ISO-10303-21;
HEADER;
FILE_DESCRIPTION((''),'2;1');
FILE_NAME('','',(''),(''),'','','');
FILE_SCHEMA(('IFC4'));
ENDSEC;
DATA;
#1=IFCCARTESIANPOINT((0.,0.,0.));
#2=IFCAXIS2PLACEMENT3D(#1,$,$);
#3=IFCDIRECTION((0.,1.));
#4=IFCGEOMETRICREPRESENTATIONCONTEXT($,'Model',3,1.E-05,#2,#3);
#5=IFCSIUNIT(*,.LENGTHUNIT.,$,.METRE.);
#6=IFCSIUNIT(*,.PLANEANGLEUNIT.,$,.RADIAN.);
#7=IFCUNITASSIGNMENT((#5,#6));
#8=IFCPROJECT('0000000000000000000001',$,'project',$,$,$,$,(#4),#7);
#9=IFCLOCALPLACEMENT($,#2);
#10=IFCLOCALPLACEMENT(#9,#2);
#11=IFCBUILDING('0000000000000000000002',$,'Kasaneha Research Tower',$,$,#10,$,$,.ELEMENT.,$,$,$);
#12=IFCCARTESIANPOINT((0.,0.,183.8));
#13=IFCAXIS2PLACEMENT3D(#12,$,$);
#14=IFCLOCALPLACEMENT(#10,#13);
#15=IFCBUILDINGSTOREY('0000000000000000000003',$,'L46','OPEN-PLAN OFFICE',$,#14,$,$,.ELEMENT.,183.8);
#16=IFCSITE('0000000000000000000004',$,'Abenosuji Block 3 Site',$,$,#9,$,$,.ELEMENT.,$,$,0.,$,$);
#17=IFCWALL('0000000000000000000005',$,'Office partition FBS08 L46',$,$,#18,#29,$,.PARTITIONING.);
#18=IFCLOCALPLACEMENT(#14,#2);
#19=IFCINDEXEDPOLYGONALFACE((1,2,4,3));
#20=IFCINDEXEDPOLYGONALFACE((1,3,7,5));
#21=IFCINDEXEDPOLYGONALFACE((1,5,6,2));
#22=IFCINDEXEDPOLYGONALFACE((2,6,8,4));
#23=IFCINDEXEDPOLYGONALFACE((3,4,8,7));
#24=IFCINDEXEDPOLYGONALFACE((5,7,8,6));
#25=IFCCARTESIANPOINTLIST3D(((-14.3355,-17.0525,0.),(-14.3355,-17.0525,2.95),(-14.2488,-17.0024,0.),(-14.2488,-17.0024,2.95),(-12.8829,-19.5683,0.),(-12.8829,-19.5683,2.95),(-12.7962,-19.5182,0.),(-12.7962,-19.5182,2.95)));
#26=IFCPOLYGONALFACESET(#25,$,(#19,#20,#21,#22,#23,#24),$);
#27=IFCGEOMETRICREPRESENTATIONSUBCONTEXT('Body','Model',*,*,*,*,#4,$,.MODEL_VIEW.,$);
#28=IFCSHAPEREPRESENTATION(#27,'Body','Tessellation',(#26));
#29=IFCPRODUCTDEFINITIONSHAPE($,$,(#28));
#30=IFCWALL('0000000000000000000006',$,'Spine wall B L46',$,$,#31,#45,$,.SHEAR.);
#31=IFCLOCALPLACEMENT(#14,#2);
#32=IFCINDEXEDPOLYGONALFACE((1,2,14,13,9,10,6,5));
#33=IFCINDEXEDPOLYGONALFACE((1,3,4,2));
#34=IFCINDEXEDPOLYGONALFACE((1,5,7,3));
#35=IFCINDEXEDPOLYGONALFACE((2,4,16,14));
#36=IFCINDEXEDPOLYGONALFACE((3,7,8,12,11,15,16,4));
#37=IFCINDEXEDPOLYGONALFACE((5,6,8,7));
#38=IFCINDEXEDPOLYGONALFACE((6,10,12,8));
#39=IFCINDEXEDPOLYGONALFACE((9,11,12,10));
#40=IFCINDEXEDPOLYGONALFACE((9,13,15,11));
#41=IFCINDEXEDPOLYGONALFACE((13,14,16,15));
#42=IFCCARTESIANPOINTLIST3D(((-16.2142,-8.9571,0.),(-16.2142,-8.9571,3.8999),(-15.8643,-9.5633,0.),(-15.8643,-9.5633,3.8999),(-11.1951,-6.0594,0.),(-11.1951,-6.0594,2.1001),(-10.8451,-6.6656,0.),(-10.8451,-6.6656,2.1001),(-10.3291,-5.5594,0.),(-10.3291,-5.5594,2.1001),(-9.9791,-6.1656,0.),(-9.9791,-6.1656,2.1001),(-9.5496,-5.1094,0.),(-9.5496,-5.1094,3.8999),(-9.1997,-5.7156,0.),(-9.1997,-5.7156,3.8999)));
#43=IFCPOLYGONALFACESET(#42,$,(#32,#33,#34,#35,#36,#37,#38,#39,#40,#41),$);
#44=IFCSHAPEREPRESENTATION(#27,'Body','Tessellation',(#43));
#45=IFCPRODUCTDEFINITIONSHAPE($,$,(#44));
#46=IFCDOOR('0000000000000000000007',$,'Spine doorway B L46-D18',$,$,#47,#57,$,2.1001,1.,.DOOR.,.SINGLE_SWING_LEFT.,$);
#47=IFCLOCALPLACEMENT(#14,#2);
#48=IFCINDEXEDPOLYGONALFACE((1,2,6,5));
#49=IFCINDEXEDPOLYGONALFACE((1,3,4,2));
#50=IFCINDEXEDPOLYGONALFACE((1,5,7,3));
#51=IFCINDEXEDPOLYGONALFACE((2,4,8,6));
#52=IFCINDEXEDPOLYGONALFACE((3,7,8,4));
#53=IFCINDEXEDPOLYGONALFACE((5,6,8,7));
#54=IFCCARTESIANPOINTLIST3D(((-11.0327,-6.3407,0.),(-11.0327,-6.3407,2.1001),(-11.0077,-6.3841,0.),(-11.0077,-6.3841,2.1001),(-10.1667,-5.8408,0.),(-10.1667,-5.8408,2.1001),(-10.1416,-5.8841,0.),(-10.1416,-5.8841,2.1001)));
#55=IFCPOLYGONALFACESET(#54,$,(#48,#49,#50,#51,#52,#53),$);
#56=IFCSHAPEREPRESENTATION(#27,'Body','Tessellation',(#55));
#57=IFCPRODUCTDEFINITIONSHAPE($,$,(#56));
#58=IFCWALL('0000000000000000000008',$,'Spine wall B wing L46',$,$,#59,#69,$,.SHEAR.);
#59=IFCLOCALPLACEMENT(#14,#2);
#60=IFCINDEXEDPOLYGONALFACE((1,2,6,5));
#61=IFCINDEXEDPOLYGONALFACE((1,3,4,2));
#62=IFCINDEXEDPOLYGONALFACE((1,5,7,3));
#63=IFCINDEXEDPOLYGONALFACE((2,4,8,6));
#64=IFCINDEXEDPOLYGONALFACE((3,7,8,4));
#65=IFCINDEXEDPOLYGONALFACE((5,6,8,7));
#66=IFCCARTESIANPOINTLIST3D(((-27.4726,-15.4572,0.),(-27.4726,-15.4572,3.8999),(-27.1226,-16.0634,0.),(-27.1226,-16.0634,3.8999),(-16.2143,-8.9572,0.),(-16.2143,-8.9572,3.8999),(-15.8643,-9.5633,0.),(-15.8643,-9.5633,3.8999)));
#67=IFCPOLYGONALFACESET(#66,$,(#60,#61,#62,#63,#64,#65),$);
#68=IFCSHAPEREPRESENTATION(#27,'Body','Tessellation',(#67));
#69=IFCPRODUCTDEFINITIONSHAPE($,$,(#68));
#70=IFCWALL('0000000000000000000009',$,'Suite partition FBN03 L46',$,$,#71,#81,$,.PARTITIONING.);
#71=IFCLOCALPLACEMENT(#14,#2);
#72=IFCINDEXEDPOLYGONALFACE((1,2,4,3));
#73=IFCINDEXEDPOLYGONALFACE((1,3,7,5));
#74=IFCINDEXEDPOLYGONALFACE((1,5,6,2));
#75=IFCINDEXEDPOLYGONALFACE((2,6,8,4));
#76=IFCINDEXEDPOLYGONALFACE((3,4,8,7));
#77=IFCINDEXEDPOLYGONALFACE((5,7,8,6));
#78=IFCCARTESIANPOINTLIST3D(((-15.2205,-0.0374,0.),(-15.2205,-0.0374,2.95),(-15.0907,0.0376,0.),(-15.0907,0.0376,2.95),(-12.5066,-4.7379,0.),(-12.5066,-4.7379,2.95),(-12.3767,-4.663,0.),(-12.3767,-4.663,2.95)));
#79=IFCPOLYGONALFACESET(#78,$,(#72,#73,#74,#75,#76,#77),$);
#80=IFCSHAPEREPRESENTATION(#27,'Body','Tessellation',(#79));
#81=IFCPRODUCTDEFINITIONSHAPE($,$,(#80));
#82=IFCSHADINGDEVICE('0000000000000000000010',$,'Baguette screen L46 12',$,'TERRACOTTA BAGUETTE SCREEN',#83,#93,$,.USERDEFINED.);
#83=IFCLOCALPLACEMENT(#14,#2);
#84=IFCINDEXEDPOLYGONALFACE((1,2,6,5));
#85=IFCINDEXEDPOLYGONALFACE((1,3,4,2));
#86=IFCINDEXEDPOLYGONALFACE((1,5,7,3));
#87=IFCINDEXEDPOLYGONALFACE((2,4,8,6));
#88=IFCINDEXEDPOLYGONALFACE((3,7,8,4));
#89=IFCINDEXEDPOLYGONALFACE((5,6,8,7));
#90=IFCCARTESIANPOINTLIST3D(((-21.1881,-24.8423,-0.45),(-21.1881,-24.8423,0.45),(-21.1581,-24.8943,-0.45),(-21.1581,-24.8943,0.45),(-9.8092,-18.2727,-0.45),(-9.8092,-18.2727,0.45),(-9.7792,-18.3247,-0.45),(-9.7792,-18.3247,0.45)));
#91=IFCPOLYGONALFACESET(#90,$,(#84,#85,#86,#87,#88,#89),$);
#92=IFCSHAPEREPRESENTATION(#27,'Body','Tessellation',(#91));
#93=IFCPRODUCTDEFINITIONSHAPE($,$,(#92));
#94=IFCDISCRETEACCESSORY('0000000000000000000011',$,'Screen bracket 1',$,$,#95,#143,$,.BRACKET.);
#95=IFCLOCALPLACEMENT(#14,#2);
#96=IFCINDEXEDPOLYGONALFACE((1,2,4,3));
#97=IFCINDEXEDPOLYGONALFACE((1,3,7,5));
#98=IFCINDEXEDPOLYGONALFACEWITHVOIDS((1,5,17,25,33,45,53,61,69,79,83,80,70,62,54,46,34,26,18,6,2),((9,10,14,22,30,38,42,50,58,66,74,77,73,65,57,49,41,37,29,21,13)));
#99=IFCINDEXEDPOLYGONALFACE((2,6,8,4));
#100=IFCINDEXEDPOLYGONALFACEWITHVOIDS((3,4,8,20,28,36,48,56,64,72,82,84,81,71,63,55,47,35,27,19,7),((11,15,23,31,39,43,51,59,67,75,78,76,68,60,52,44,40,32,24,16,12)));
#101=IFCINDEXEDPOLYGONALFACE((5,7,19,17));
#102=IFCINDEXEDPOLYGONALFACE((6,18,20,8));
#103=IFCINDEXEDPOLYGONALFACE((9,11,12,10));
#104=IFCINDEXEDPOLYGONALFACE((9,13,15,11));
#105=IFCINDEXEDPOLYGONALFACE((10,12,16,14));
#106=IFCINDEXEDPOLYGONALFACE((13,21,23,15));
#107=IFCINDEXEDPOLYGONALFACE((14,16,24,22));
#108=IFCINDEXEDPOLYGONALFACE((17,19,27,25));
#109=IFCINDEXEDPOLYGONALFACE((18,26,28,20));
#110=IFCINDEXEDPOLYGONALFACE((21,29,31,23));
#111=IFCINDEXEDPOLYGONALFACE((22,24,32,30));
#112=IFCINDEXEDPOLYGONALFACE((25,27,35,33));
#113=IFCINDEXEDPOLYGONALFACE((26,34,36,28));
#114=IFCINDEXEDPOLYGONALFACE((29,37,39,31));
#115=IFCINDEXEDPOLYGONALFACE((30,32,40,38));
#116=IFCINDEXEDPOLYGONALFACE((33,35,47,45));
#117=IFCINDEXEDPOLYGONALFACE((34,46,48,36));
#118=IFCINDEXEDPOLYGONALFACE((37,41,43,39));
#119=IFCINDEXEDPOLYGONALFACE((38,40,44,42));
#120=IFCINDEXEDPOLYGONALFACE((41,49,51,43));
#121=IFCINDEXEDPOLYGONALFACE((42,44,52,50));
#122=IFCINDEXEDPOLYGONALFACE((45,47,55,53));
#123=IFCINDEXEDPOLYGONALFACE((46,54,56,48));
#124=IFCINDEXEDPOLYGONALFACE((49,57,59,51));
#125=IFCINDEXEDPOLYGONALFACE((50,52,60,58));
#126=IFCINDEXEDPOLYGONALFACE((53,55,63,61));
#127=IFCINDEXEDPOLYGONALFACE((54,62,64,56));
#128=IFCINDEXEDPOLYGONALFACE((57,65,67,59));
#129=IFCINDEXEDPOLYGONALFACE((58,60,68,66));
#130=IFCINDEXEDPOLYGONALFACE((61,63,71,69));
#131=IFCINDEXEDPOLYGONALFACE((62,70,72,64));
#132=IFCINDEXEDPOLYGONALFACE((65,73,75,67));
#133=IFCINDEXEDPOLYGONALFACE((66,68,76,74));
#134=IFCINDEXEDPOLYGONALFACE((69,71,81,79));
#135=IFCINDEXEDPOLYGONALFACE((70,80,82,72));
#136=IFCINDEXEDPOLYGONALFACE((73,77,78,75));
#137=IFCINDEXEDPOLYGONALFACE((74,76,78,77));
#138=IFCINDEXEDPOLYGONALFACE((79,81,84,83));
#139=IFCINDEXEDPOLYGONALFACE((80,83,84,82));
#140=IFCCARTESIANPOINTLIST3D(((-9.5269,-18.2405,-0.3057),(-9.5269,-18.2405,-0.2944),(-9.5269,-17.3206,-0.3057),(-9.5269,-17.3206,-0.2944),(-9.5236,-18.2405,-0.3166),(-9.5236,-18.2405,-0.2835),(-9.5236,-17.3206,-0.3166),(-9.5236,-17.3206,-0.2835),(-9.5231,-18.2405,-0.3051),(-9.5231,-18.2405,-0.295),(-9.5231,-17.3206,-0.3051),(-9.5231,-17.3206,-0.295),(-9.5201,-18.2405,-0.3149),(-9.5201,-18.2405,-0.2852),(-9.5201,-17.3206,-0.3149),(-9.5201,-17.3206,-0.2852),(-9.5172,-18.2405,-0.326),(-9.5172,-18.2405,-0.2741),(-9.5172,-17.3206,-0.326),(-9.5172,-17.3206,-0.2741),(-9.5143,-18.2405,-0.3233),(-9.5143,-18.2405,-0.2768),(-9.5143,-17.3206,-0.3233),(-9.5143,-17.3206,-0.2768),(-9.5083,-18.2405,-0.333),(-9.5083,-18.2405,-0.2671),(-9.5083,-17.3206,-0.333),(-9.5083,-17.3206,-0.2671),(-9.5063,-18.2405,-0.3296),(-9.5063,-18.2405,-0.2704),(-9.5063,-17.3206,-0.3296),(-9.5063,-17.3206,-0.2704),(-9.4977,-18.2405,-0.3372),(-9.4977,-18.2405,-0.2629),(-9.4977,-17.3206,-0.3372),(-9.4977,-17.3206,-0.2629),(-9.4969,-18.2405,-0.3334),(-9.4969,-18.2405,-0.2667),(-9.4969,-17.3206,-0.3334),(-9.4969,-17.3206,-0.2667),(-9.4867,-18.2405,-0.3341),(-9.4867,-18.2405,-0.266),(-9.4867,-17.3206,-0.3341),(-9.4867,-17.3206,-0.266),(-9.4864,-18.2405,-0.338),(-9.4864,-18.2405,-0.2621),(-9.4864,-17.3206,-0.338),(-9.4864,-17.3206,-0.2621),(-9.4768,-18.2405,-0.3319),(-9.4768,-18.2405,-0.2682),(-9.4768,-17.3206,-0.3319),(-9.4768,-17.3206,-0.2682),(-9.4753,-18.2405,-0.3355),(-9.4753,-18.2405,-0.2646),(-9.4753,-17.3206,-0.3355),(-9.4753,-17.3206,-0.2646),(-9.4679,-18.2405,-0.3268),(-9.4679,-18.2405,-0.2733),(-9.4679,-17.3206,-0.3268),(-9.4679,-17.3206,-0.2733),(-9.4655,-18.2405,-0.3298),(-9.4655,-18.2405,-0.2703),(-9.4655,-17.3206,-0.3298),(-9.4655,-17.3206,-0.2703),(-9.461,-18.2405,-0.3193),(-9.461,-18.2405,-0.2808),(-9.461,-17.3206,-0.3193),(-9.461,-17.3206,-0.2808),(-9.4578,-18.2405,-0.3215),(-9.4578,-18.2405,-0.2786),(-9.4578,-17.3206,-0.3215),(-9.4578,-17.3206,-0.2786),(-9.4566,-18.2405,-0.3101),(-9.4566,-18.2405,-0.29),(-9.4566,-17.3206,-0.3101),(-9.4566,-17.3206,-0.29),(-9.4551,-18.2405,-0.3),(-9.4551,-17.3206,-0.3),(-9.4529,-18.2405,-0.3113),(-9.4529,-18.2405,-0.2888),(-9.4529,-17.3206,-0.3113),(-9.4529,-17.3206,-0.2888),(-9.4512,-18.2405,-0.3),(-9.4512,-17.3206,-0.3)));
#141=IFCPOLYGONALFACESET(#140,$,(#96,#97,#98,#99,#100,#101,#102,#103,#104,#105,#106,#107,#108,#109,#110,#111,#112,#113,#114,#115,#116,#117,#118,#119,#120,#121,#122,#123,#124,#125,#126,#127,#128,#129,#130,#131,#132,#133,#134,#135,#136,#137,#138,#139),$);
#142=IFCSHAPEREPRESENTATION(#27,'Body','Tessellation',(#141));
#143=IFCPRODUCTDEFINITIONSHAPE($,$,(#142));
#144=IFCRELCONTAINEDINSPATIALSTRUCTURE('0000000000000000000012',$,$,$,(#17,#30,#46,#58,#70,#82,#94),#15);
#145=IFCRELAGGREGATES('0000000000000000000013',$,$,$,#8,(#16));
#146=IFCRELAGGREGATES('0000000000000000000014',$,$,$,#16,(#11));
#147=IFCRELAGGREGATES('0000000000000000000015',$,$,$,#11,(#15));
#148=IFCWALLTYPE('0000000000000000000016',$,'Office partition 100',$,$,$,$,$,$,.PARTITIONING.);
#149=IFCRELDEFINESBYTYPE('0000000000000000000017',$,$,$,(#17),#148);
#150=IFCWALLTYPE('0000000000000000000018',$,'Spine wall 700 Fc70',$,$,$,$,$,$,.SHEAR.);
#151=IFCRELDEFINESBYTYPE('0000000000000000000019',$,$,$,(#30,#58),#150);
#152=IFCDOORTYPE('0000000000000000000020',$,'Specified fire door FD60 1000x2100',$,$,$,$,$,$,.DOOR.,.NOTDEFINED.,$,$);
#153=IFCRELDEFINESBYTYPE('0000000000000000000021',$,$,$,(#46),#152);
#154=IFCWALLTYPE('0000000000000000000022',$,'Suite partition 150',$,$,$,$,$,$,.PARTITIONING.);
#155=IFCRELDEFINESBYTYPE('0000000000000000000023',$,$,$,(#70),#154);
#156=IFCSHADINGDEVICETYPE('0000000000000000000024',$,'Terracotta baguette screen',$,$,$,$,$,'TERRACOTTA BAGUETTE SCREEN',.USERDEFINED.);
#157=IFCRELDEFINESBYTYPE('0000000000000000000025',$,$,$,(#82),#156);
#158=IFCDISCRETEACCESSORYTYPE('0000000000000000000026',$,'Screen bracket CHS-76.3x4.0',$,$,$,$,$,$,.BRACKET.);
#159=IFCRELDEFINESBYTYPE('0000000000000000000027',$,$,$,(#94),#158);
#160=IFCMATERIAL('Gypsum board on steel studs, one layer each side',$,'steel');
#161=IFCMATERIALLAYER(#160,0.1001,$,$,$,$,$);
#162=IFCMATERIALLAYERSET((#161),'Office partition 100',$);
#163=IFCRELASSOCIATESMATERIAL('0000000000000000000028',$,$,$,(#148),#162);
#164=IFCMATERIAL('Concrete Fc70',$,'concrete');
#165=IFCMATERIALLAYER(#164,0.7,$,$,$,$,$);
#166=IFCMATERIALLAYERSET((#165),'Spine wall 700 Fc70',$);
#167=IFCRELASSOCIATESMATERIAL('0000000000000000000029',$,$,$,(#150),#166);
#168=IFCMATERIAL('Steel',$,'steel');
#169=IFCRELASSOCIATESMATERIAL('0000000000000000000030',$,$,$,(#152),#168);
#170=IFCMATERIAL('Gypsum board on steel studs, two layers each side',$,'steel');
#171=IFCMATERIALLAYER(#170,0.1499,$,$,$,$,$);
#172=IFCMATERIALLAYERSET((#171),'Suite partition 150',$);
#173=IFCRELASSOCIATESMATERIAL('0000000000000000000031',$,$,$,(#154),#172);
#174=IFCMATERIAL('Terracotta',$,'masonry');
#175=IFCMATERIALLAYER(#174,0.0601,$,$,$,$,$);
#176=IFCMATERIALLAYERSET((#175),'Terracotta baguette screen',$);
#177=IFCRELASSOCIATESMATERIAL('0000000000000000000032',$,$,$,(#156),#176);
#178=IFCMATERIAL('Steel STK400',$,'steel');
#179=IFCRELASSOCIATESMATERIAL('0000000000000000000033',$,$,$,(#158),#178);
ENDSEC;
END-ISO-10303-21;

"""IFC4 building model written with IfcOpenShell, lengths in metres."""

from ifc_helpers import new_model, si_unit, direction, frame, frame_2d, origin, origin_2d, place, context, subcontext, project, spatial, rectangle, hollow_circle, extrude, material, layer, layer_set, material_profile, profile_set, type_object, element, fill, save


model = new_model("IFC4")

# Units and contexts
model_context = context("Model", 3, precision=1e-05, world=origin(), true_north=direction((0.0, 1.0)))
body_context = subcontext(model_context, "Body", "Model", "MODEL_VIEW")
ifc_project = project(units=[si_unit("LENGTHUNIT", "METRE"), si_unit("PLANEANGLEUNIT", "RADIAN")], contexts=[model_context])

# Site, building, storey
site_placement = place(None, origin())
site = spatial("IfcSite", under=ifc_project, at=site_placement, Name="Abenosuji Block 3 Site", CompositionType="ELEMENT", RefElevation=0.0)
building_placement = place(site_placement, origin())
building = spatial("IfcBuilding", under=site, at=building_placement, Name="Kasaneha Research Tower", CompositionType="ELEMENT")
storey_placement = place(building_placement, frame((0.0, 0.0, 183.8)))
storey = spatial("IfcBuildingStorey", under=building, at=storey_placement, Name="L46", Description="OPEN-PLAN OFFICE", CompositionType="ELEMENT", Elevation=183.8)

# Shared definitions
ifc_material_1 = material(Name="Gypsum board on steel studs, one layer each side", Category="steel")
ifc_layer_1 = layer(ifc_material_1, 0.1001)
ifc_layer_set_1 = layer_set([ifc_layer_1], Name="Office partition 100")
wall_type_1 = type_object("IfcWallType", Name="Office partition 100", PredefinedType="PARTITIONING", material=ifc_layer_set_1)

# Wall
wall_1_placement = place(storey_placement, frame((-14.2922, -17.0273, 0.0), z_axis=(0.0, 0.0, 1.0), x_axis=(0.500026, -0.866011, 0.0)))
element("IfcWall", 1, at=wall_1_placement, inside=storey, type_object=wall_type_1, Name="Office partition FBS08 L46", PredefinedType="PARTITIONING", context=body_context, shape_type="SweptSolid", body=[
    extrude(rectangle(XDim=2.905, YDim=0.1001, at=frame_2d((1.4526, 0.0))), origin(), (0.0, 0.0, 1.0), 2.95),
])

# Wall, opening, door
ifc_material_2 = material(Name="Concrete Fc70", Category="concrete")
ifc_layer_2 = layer(ifc_material_2, 0.7)
ifc_layer_set_2 = layer_set([ifc_layer_2], Name="Spine wall 700 Fc70")
wall_type_2 = type_object("IfcWallType", Name="Spine wall 700 Fc70", PredefinedType="SHEAR", material=ifc_layer_set_2)
wall_2_placement = place(storey_placement, frame((-9.3748, -5.4126, 0.0), z_axis=(0.0, 0.0, 1.0), x_axis=(-0.866032, -0.499988, 0.0)))
wall_2 = element("IfcWall", 2, at=wall_2_placement, inside=storey, type_object=wall_type_2, Name="Spine wall B L46", PredefinedType="SHEAR", context=body_context, shape_type="SweptSolid", body=[
    extrude(rectangle(XDim=7.6956, YDim=0.7, at=frame_2d((3.8477, 0.0))), origin(), (0.0, 0.0, 1.0), 3.8999),
])
opening_1_placement = place(wall_2_placement, frame((0.8999, 0.0, 0.0)))
opening_1 = element("IfcOpeningElement", 3, at=opening_1_placement, cuts=wall_2, PredefinedType="OPENING", context=body_context, shape_type="SweptSolid", body=[
    extrude(rectangle(XDim=1.0, YDim=2.1001, at=frame_2d((0.5, 1.05))), frame((0.0, 0.3599, 0.0), z_axis=(0.0, -1.0, 0.0), x_axis=(1.0, 0.0, 0.0)), (0.0, 0.0, 1.0), 0.72),
])
ifc_material_3 = material(Name="Steel", Category="steel")
door_type_1 = type_object("IfcDoorType", Name="Specified fire door FD60 1000x2100", OperationType="NOTDEFINED", PredefinedType="DOOR", material=ifc_material_3)
door_1_placement = place(opening_1_placement, origin())
door_1 = element("IfcDoor", 4, at=door_1_placement, inside=storey, type_object=door_type_1, Name="Spine doorway B L46-D18", OperationType="SINGLE_SWING_LEFT", OverallHeight=2.1001, OverallWidth=1.0, PredefinedType="DOOR", context=body_context, shape_type="SweptSolid", body=[
    extrude(rectangle(XDim=1.0, YDim=2.1001, at=frame_2d((0.5, 1.05))), frame((0.0, 0.0249, 0.0), z_axis=(0.0, -1.0, 0.0), x_axis=(1.0, 0.0, 0.0)), (0.0, 0.0, 1.0), 0.05),
])
fill(opening_1, door_1)

# Walls
wall_3_placement = place(storey_placement, frame((-16.0393, -9.2603, 0.0), z_axis=(0.0, 0.0, 1.0), x_axis=(-0.866025, -0.500001, 0.0)))
element("IfcWall", 5, at=wall_3_placement, inside=storey, type_object=wall_type_2, Name="Spine wall B wing L46", PredefinedType="SHEAR", context=body_context, shape_type="SweptSolid", body=[
    extrude(rectangle(XDim=13.0, YDim=0.7, at=frame_2d((6.5, 0.0))), origin(), (0.0, 0.0, 1.0), 3.8999),
])
ifc_material_4 = material(Name="Gypsum board on steel studs, two layers each side", Category="steel")
ifc_layer_3 = layer(ifc_material_4, 0.1499)
ifc_layer_set_3 = layer_set([ifc_layer_3], Name="Suite partition 150")
wall_type_3 = type_object("IfcWallType", Name="Suite partition 150", PredefinedType="PARTITIONING", material=ifc_layer_set_3)
wall_4_placement = place(storey_placement, frame((-12.4417, -4.7004, 0.0), z_axis=(0.0, 0.0, 1.0), x_axis=(-0.500009, 0.86602, 0.0)))
element("IfcWall", 6, at=wall_4_placement, inside=storey, type_object=wall_type_3, Name="Suite partition FBN03 L46", PredefinedType="PARTITIONING", context=body_context, shape_type="SweptSolid", body=[
    extrude(rectangle(XDim=5.4277, YDim=0.1499, at=frame_2d((2.7139, 0.0))), origin(), (0.0, 0.0, 1.0), 2.95),
])

# Shading device
ifc_material_5 = material(Name="Terracotta", Category="masonry")
ifc_layer_4 = layer(ifc_material_5, 0.0601)
ifc_layer_set_4 = layer_set([ifc_layer_4], Name="Terracotta baguette screen")
shading_device_type = type_object("IfcShadingDeviceType", Name="Terracotta baguette screen", ElementType="TERRACOTTA BAGUETTE SCREEN", PredefinedType="USERDEFINED", material=ifc_layer_set_4)
shading_device_placement = place(storey_placement, frame((-15.4836, -21.5835, -0.45), z_axis=(0.0, 0.0, 1.0), x_axis=(0.866025, 0.5, 0.0)))
element("IfcShadingDevice", 7, at=shading_device_placement, inside=storey, type_object=shading_device_type, Name="Baguette screen L46 12", ObjectType="TERRACOTTA BAGUETTE SCREEN", PredefinedType="USERDEFINED", context=body_context, shape_type="SweptSolid", body=[
    extrude(rectangle(XDim=13.1392, YDim=0.0601, at=origin_2d()), origin(), (0.0, 0.0, 1.0), 0.8999),
])

# Discrete accessory
ifc_material_6 = material(Name="Steel STK400", Category="steel")
ifc_material_profile_1 = material_profile(ifc_material_6, hollow_circle(Radius=0.0381, WallThickness=0.0039, at=origin_2d()), Name="CHS-76.3x4.0")
ifc_profile_set_1 = profile_set([ifc_material_profile_1], Name="Steel STK400")
discrete_accessory_type = type_object("IfcDiscreteAccessoryType", Name="Screen bracket CHS-76.3x4.0", PredefinedType="BRACKET", material=ifc_profile_set_1)
for number, where, z_axis, x_axis, name in (
    (8, (-9.4893, -17.3206, -0.3), (0.0, -1.0, 0.0), (1.0, 0.0, 0.0), "Screen bracket 1"),
):
    element("IfcDiscreteAccessory", number, at=place(storey_placement, frame(where, z_axis=z_axis, x_axis=x_axis)), inside=storey, type_object=discrete_accessory_type, Name=name, PredefinedType="BRACKET", context=body_context, shape_type="SweptSolid", body=[
        extrude(hollow_circle(Radius=0.0381, WallThickness=0.0039, at=origin_2d()), origin(), (0.0, 0.0, 1.0), 0.9199),
    ])

save(model, "model.ifc")
